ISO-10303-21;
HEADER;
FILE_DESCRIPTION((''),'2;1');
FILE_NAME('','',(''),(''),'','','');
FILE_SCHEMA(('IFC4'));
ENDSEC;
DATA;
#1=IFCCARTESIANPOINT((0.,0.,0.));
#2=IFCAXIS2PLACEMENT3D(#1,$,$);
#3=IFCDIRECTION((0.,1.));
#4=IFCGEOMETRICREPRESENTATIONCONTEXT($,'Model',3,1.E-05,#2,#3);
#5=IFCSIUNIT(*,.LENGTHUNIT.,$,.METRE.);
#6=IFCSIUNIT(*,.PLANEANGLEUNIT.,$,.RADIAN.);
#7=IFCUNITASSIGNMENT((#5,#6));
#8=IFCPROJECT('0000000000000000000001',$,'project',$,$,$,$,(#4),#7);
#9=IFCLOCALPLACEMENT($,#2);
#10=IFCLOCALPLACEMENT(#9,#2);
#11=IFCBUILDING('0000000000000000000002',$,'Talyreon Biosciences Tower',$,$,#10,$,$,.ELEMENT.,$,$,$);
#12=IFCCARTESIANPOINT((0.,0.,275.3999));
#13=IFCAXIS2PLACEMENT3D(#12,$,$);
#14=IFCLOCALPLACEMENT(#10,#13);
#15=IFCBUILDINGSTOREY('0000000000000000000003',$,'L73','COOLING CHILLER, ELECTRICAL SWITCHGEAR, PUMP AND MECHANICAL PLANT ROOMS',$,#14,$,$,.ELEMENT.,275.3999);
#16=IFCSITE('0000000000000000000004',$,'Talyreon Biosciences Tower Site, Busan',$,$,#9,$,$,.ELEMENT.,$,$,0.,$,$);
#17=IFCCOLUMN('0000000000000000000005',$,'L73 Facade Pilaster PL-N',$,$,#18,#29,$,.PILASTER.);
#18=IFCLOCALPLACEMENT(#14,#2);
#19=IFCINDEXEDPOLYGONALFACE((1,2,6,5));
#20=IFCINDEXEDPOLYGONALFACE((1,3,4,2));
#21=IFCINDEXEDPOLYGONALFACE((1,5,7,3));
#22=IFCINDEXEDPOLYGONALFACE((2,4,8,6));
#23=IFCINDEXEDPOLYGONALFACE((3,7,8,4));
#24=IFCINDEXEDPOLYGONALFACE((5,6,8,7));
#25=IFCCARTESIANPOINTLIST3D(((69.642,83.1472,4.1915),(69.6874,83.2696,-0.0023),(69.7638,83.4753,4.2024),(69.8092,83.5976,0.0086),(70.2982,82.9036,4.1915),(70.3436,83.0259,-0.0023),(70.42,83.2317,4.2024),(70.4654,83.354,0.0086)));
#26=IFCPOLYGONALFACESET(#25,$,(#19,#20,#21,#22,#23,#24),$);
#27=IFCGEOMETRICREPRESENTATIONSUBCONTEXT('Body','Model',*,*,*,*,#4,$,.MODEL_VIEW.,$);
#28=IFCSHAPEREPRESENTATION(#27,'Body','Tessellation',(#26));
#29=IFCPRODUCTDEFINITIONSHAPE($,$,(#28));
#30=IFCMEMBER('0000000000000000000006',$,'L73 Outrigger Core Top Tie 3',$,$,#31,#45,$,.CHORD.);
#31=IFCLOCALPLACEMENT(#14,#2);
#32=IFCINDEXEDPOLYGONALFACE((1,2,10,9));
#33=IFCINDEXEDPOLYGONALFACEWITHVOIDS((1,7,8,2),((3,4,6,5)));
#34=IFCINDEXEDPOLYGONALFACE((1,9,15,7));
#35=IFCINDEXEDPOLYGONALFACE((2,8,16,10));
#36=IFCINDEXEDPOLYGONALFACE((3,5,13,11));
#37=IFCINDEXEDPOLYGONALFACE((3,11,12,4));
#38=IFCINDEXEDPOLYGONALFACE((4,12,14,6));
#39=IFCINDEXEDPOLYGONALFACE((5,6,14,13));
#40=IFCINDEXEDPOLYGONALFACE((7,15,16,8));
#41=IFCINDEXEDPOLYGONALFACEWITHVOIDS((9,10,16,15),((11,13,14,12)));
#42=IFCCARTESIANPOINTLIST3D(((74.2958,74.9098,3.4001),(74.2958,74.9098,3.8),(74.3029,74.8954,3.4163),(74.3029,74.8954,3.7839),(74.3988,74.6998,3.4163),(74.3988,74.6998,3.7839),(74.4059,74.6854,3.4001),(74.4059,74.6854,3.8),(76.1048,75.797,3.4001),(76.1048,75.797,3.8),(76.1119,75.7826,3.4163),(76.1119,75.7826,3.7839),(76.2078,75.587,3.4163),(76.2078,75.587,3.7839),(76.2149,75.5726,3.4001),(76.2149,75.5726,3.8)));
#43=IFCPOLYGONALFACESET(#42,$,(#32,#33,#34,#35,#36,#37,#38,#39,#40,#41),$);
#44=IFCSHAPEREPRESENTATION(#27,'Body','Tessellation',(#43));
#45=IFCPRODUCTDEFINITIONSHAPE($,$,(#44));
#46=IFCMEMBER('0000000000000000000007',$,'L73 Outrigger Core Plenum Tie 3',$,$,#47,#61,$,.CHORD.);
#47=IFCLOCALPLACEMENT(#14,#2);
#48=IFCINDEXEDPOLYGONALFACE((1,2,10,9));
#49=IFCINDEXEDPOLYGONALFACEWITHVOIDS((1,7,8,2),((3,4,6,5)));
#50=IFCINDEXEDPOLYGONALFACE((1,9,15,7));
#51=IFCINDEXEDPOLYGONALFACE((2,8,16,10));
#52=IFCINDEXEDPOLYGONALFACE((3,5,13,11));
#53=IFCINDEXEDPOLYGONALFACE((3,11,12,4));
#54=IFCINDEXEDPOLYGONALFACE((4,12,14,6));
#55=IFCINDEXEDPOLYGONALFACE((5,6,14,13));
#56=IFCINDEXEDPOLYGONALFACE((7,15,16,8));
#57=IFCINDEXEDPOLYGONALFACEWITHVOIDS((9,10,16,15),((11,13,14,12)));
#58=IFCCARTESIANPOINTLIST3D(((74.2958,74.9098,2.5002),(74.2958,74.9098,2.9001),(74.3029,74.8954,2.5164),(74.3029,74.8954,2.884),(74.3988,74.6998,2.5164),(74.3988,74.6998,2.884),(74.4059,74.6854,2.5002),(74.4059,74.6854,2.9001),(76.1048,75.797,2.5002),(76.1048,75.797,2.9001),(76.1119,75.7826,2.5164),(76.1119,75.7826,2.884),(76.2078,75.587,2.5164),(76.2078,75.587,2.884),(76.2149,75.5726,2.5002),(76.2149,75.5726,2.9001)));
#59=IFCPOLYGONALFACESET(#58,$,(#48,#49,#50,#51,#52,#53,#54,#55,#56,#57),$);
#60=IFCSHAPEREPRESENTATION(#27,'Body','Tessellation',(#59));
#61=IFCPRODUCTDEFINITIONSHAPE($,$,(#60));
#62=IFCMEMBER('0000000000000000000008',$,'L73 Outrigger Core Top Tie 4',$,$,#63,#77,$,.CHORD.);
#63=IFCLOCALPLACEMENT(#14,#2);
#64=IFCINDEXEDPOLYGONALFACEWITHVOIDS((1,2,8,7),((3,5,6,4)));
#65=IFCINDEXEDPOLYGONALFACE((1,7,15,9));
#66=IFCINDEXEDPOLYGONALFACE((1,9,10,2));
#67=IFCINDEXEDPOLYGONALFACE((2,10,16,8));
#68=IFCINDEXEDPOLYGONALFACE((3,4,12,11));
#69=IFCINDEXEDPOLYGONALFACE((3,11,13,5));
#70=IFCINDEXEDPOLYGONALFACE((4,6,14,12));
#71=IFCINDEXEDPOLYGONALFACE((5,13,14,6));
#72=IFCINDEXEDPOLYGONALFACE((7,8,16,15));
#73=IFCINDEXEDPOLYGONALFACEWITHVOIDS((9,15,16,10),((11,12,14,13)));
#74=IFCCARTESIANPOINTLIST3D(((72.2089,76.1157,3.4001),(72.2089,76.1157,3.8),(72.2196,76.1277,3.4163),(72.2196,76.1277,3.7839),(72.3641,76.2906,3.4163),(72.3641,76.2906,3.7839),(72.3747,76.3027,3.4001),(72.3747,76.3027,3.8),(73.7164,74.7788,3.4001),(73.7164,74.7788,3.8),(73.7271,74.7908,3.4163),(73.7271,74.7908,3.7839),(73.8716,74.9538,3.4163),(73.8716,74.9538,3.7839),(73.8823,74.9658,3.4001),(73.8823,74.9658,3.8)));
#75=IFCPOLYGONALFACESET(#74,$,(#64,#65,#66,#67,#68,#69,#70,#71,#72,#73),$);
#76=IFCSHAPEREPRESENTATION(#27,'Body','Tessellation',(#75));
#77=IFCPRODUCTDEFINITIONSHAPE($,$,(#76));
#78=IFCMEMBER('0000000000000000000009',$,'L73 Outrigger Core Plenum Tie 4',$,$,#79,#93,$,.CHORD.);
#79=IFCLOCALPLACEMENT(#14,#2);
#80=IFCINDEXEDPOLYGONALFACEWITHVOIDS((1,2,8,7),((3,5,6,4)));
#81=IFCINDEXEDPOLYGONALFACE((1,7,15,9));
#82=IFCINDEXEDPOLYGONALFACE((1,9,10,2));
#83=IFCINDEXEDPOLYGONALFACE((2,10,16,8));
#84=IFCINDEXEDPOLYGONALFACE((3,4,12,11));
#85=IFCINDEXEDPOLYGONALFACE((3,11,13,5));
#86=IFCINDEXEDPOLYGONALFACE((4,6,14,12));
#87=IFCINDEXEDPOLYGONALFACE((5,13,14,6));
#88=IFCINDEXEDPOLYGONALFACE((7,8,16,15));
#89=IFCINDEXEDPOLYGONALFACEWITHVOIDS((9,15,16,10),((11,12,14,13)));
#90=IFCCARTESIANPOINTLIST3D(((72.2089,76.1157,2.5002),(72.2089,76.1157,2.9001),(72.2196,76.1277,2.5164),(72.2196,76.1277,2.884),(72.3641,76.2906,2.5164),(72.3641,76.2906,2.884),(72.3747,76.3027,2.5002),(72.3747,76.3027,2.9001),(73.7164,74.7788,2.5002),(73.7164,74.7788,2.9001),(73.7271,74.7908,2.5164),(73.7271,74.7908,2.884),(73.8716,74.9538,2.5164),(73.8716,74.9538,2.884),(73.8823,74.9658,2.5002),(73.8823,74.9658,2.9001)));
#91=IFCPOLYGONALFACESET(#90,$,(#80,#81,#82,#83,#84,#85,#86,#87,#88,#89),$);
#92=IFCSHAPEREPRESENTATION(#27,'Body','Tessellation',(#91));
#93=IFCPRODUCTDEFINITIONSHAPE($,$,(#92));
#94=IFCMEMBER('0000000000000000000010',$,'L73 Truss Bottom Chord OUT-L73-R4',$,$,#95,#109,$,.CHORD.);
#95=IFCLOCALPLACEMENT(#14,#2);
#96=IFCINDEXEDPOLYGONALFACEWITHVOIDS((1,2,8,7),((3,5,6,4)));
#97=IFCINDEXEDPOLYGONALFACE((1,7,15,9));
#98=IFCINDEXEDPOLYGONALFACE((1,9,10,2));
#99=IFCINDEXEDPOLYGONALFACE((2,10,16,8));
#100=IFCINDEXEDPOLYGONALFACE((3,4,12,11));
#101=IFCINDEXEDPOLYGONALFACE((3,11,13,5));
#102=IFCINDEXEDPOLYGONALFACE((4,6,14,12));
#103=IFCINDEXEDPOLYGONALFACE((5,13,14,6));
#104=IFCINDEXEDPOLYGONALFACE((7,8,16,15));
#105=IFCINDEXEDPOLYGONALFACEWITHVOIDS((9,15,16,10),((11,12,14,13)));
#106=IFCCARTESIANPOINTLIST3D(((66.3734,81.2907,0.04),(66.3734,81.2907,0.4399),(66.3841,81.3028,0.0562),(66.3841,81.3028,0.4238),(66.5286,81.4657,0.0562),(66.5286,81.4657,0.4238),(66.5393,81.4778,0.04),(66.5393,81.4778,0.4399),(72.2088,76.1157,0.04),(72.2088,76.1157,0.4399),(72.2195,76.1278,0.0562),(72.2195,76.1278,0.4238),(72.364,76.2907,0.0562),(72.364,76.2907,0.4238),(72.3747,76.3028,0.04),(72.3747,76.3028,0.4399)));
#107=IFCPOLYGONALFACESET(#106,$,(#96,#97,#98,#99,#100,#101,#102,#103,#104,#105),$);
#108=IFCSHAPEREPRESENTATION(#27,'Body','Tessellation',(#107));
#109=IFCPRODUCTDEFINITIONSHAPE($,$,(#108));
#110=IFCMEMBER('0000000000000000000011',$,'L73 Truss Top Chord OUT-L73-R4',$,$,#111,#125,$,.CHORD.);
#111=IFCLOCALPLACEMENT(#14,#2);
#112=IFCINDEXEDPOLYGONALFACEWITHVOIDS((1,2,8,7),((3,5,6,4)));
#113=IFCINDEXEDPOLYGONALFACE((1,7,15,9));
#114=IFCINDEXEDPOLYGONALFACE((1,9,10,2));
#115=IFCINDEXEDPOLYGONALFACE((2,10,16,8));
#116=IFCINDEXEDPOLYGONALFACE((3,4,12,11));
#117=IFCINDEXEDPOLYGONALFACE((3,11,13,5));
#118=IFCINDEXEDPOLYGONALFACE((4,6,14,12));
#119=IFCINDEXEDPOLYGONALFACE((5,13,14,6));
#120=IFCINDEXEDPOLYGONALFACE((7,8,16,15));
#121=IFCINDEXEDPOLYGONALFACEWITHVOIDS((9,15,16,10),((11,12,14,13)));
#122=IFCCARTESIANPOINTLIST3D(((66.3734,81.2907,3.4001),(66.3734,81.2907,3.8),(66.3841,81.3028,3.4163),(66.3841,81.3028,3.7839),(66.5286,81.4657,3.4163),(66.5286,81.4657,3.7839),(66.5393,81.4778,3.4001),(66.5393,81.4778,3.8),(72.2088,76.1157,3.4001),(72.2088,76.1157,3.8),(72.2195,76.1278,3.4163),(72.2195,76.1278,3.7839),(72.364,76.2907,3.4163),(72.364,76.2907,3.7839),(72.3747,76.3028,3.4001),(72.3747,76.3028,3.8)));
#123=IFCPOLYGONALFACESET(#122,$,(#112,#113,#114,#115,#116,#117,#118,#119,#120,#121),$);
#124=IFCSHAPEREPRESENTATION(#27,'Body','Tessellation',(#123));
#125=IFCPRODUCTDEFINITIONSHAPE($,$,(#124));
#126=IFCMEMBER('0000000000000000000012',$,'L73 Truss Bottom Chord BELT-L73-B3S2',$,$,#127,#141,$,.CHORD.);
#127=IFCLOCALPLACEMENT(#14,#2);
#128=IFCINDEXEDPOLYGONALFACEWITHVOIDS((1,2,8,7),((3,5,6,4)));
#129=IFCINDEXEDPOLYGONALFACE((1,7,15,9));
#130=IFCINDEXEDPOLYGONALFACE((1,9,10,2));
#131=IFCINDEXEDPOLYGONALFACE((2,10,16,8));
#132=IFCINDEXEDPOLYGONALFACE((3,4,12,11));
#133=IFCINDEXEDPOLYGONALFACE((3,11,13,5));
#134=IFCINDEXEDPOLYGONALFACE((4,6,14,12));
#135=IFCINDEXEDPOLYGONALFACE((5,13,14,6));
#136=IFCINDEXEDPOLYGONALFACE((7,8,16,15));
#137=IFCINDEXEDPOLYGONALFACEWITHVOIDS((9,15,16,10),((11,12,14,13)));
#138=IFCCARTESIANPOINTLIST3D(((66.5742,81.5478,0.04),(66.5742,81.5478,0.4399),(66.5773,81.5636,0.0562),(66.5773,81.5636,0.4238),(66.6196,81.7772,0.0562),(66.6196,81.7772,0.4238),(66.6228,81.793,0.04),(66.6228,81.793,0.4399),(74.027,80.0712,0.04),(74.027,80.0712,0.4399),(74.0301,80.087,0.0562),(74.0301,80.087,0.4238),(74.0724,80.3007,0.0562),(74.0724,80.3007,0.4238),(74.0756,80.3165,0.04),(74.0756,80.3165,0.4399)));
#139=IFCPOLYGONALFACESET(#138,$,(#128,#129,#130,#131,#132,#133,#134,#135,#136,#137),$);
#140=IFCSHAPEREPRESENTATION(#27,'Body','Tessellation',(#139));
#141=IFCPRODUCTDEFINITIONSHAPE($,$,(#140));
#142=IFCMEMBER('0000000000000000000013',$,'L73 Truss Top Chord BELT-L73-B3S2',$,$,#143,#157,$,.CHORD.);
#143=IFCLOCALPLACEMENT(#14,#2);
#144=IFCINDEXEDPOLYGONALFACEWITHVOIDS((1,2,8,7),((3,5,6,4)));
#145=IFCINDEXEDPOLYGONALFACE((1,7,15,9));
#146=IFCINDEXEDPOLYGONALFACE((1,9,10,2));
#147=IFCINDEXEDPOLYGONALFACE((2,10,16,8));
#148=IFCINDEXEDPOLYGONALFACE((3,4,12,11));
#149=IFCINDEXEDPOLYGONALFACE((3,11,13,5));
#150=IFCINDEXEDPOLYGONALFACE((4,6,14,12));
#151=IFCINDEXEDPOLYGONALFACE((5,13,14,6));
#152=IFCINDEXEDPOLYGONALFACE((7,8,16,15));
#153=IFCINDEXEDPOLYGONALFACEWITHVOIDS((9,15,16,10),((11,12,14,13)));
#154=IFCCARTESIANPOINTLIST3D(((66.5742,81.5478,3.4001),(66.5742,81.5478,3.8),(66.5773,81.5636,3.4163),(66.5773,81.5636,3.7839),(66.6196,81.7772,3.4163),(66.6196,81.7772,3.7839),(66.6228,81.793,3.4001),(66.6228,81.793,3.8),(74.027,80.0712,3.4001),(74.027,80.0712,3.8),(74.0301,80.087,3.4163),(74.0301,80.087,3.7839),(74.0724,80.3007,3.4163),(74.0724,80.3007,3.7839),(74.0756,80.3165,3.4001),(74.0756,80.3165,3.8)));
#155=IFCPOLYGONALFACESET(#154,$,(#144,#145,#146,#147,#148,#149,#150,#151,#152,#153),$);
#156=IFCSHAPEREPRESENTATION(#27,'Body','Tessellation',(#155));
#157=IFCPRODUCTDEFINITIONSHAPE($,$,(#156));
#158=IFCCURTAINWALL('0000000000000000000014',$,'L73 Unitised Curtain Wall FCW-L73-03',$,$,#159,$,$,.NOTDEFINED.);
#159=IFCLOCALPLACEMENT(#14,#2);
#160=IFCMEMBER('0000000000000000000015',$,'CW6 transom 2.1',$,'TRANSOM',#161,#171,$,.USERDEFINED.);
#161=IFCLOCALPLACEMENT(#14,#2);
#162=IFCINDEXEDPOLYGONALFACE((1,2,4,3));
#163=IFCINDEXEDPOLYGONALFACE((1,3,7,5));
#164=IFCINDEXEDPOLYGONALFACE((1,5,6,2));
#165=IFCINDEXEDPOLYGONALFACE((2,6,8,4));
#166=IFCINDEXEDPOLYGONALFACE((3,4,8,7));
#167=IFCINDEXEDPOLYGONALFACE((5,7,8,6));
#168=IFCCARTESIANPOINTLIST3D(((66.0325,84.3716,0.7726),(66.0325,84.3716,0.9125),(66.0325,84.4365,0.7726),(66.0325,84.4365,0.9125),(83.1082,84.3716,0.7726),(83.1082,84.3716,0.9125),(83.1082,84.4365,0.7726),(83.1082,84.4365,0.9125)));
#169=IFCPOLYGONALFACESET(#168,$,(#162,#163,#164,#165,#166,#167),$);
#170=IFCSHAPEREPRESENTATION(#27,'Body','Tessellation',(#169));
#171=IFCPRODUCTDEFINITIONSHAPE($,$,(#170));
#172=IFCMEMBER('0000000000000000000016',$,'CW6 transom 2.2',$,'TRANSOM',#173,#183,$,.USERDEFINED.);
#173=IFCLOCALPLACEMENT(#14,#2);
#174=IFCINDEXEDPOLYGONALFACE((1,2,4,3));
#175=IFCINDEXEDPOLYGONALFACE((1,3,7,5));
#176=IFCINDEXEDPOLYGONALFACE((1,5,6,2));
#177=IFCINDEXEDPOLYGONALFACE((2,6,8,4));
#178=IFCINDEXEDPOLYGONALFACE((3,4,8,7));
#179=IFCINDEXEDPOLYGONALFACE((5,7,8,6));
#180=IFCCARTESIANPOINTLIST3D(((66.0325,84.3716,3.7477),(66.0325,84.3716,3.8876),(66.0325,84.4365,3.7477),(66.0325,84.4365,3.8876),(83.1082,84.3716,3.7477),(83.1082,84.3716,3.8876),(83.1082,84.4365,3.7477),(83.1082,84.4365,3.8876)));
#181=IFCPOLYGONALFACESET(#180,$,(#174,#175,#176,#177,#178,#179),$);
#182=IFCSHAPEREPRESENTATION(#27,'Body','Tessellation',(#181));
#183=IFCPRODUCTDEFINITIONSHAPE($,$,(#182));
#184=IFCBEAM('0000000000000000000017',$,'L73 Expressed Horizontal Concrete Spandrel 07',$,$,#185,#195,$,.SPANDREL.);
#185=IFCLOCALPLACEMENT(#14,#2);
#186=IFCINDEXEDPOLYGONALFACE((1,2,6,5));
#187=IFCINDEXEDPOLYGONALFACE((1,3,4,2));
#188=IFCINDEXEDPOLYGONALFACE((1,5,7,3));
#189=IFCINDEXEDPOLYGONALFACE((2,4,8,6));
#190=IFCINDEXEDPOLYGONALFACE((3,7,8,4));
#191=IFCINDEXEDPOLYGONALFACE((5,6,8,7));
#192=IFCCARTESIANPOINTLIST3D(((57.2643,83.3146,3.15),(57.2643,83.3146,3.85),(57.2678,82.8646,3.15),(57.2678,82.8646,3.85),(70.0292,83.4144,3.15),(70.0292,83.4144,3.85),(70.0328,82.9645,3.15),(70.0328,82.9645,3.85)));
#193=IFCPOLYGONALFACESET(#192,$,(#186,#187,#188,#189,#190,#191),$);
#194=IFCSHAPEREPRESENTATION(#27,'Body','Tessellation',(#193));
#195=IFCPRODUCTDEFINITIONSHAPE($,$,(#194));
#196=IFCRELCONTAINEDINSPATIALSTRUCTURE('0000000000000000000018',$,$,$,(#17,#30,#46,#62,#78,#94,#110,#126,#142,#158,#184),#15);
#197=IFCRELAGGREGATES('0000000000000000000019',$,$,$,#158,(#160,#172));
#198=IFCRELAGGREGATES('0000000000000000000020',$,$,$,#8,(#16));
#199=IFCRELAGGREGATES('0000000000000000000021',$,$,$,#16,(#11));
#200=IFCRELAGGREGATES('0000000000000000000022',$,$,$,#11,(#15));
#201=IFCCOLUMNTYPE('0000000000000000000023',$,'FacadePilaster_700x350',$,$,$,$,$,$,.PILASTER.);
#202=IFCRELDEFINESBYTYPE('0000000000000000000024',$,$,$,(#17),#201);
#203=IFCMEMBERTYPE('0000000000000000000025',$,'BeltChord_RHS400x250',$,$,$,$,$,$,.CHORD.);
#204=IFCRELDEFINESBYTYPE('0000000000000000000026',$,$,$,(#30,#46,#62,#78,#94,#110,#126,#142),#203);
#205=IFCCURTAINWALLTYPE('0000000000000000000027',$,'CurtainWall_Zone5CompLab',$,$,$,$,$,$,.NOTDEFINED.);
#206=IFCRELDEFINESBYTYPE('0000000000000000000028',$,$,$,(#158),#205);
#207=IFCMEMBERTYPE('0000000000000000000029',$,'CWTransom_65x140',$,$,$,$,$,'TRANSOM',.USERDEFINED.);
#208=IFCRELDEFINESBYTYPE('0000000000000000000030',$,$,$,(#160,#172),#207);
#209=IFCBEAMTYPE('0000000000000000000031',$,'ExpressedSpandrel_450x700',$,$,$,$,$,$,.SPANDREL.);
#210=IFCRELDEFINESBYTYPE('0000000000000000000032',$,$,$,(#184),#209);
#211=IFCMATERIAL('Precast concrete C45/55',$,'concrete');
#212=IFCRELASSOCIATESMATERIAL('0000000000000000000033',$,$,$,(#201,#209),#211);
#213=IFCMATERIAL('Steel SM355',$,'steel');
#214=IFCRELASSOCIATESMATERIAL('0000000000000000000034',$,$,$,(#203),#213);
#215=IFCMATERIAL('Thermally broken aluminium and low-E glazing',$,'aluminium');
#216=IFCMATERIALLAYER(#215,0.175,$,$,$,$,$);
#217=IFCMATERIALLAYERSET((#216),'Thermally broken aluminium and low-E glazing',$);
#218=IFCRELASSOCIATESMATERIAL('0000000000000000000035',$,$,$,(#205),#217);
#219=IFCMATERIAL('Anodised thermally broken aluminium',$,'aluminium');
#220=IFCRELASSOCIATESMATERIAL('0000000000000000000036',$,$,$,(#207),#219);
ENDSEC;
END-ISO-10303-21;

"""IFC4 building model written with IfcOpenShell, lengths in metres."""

from ifc_helpers import new_model, si_unit, direction, frame, origin, origin_2d, place, context, subcontext, project, spatial, rectangle, hollow_rectangle, extrude, material, layer, layer_set, material_profile, profile_set, type_object, element, aggregate, save


model = new_model("IFC4")

# Units and contexts
model_context = context("Model", 3, precision=1e-05, world=origin(), true_north=direction((0.0, 1.0)))
body_context = subcontext(model_context, "Body", "Model", "MODEL_VIEW")
ifc_project = project(units=[si_unit("LENGTHUNIT", "METRE"), si_unit("PLANEANGLEUNIT", "RADIAN")], contexts=[model_context])

# Site, building, storey
site_placement = place(None, origin())
site = spatial("IfcSite", under=ifc_project, at=site_placement, Name="Talyreon Biosciences Tower Site, Busan", CompositionType="ELEMENT", RefElevation=0.0)
building_placement = place(site_placement, origin())
building = spatial("IfcBuilding", under=site, at=building_placement, Name="Talyreon Biosciences Tower", CompositionType="ELEMENT")
storey_placement = place(building_placement, frame((0.0, 0.0, 275.3999)))
storey = spatial("IfcBuildingStorey", under=building, at=storey_placement, Name="L73", Description="COOLING CHILLER, ELECTRICAL SWITCHGEAR, PUMP AND MECHANICAL PLANT ROOMS", CompositionType="ELEMENT", Elevation=275.3999)

# Column
ifc_material_1 = material(Name="Precast concrete C45/55", Category="concrete")
ifc_material_profile_1 = material_profile(ifc_material_1, rectangle(XDim=0.7, YDim=0.3501, at=origin_2d()), Name="RC 700x350")
ifc_profile_set_1 = profile_set([ifc_material_profile_1], Name="Precast concrete C45/55")
column_type = type_object("IfcColumnType", Name="FacadePilaster_700x350", PredefinedType="PILASTER", material=ifc_profile_set_1)
column_placement = place(storey_placement, frame((70.0764, 83.3118, 0.0032), z_axis=(-0.010823, -0.029151, 0.999516), x_axis=(-0.937478, 0.348046, 0.0)))
element("IfcColumn", 1, at=column_placement, inside=storey, type_object=column_type, Name="L73 Facade Pilaster PL-N", PredefinedType="PILASTER", context=body_context, shape_type="SweptSolid", body=[
    extrude(rectangle(XDim=0.7, YDim=0.3501, at=origin_2d()), origin(), (0.0, 0.0, 1.0), 4.1958),
])

# Members
ifc_material_2 = material(Name="Steel SM355", Category="steel")
ifc_material_profile_2 = material_profile(ifc_material_2, hollow_rectangle(XDim=0.25, YDim=0.3999, WallThickness=0.0161, at=origin_2d()), Name="RHS 400x250x16")
ifc_profile_set_2 = profile_set([ifc_material_profile_2], Name="Steel SM355")
member_type_1 = type_object("IfcMemberType", Name="BeltChord_RHS400x250", PredefinedType="CHORD", material=ifc_profile_set_2)
for number, where, z_axis, x_axis, name in (
    (2, (74.3508, 74.7976, 3.6001), (0.897842, 0.440318, 0.0), (-0.440318, 0.897842, 0.0), "L73 Outrigger Core Top Tie 3"),
    (3, (74.3508, 74.7976, 2.7002), (0.897842, 0.440318, 0.0), (-0.440318, 0.897842, 0.0), "L73 Outrigger Core Plenum Tie 3"),
    (4, (73.7993, 74.8723, 3.6001), (-0.748184, 0.663491, 0.0), (-0.663491, -0.748184, 0.0), "L73 Outrigger Core Top Tie 4"),
    (5, (73.7993, 74.8723, 2.7002), (-0.748184, 0.663491, 0.0), (-0.663491, -0.748184, 0.0), "L73 Outrigger Core Plenum Tie 4"),
):
    element("IfcMember", number, at=place(storey_placement, frame(where, z_axis=z_axis, x_axis=x_axis)), inside=storey, type_object=member_type_1, Name=name, PredefinedType="CHORD", context=body_context, shape_type="SweptSolid", body=[
        extrude(hollow_rectangle(XDim=0.25, YDim=0.3999, WallThickness=0.0161, at=origin_2d()), origin(), (0.0, 0.0, 1.0), 2.0149),
    ])
for number, where, z_axis, x_axis, name in (
    (6, (72.2917, 76.2092, 0.24), (-0.748174, 0.663503, 0.0), (-0.663503, -0.748174, 0.0), "L73 Truss Bottom Chord OUT-L73-R4"),
    (7, (72.2917, 76.2092, 3.6001), (-0.748174, 0.663503, 0.0), (-0.663503, -0.748174, 0.0), "L73 Truss Top Chord OUT-L73-R4"),
):
    element("IfcMember", number, at=place(storey_placement, frame(where, z_axis=z_axis, x_axis=x_axis)), inside=storey, type_object=member_type_1, Name=name, PredefinedType="CHORD", context=body_context, shape_type="SweptSolid", body=[
        extrude(hollow_rectangle(XDim=0.25, YDim=0.3999, WallThickness=0.0161, at=origin_2d()), origin(), (0.0, 0.0, 1.0), 7.7996),
    ])
for number, where, z_axis, x_axis, name in (
    (8, (74.0513, 80.1938, 0.24), (-0.980934, 0.194342, 0.0), (-0.194342, -0.980934, 0.0), "L73 Truss Bottom Chord BELT-L73-B3S2"),
    (9, (74.0513, 80.1938, 3.6001), (-0.980934, 0.194342, 0.0), (-0.194342, -0.980934, 0.0), "L73 Truss Top Chord BELT-L73-B3S2"),
):
    element("IfcMember", number, at=place(storey_placement, frame(where, z_axis=z_axis, x_axis=x_axis)), inside=storey, type_object=member_type_1, Name=name, PredefinedType="CHORD", context=body_context, shape_type="SweptSolid", body=[
        extrude(hollow_rectangle(XDim=0.25, YDim=0.3999, WallThickness=0.0161, at=origin_2d()), origin(), (0.0, 0.0, 1.0), 7.5977),
    ])

# Curtain wall, members
ifc_material_3 = material(Name="Thermally broken aluminium and low-E glazing", Category="aluminium")
ifc_layer_1 = layer(ifc_material_3, 0.175)
ifc_layer_set_1 = layer_set([ifc_layer_1], Name="Thermally broken aluminium and low-E glazing")
curtain_wall_type = type_object("IfcCurtainWallType", Name="CurtainWall_Zone5CompLab", PredefinedType="NOTDEFINED", material=ifc_layer_set_1)
curtain_wall_placement = place(storey_placement, origin())
curtain_wall = element("IfcCurtainWall", 10, at=curtain_wall_placement, inside=storey, type_object=curtain_wall_type, Name="L73 Unitised Curtain Wall FCW-L73-03", PredefinedType="NOTDEFINED")
ifc_material_4 = material(Name="Anodised thermally broken aluminium", Category="aluminium")
ifc_material_profile_3 = material_profile(ifc_material_4, rectangle(XDim=0.0649, YDim=0.1399, at=origin_2d()), Name="ALUM TRANSOM 65x140")
ifc_profile_set_3 = profile_set([ifc_material_profile_3], Name="Anodised thermally broken aluminium")
member_type_2 = type_object("IfcMemberType", Name="CWTransom_65x140", ElementType="TRANSOM", PredefinedType="USERDEFINED", material=ifc_profile_set_3)
member_1_placement = place(storey_placement, frame((66.0325, 84.4041, 0.8425), z_axis=(1.0, 0.0, 0.0), x_axis=(0.0, 1.0, 0.0)))
member_1 = element("IfcMember", 11, at=member_1_placement, type_object=member_type_2, Name="CW6 transom 2.1", ObjectType="TRANSOM", PredefinedType="USERDEFINED", context=body_context, shape_type="SweptSolid", body=[
    extrude(rectangle(XDim=0.0649, YDim=0.1399, at=origin_2d()), origin(), (0.0, 0.0, 1.0), 17.0757),
])
member_2_placement = place(storey_placement, frame((66.0325, 84.4041, 3.8176), z_axis=(1.0, 0.0, 0.0), x_axis=(0.0, 1.0, 0.0)))
member_2 = element("IfcMember", 12, at=member_2_placement, type_object=member_type_2, Name="CW6 transom 2.2", ObjectType="TRANSOM", PredefinedType="USERDEFINED", context=body_context, shape_type="SweptSolid", body=[
    extrude(rectangle(XDim=0.0649, YDim=0.1399, at=origin_2d()), origin(), (0.0, 0.0, 1.0), 17.0757),
])
aggregate(curtain_wall, [member_1, member_2])

# Beam
ifc_material_profile_4 = material_profile(ifc_material_1, rectangle(XDim=0.45, YDim=0.7, at=origin_2d()), Name="RCB 450x700")
ifc_profile_set_4 = profile_set([ifc_material_profile_4], Name="Precast concrete C45/55")
beam_type_1 = type_object("IfcBeamType", Name="ExpressedSpandrel_450x700", PredefinedType="SPANDREL", material=ifc_profile_set_4)
beam_1_placement = place(storey_placement, frame((70.031, 83.1895, 3.5), z_axis=(-0.999969, -0.007822, 0.0), x_axis=(0.007822, -0.999969, 0.0)))
element("IfcBeam", 13, at=beam_1_placement, inside=storey, type_object=beam_type_1, Name="L73 Expressed Horizontal Concrete Spandrel 07", PredefinedType="SPANDREL", context=body_context, shape_type="SweptSolid", body=[
    extrude(rectangle(XDim=0.45, YDim=0.7, at=origin_2d()), origin(), (0.0, 0.0, 1.0), 12.7654),
])

save(model, "model.ifc")
